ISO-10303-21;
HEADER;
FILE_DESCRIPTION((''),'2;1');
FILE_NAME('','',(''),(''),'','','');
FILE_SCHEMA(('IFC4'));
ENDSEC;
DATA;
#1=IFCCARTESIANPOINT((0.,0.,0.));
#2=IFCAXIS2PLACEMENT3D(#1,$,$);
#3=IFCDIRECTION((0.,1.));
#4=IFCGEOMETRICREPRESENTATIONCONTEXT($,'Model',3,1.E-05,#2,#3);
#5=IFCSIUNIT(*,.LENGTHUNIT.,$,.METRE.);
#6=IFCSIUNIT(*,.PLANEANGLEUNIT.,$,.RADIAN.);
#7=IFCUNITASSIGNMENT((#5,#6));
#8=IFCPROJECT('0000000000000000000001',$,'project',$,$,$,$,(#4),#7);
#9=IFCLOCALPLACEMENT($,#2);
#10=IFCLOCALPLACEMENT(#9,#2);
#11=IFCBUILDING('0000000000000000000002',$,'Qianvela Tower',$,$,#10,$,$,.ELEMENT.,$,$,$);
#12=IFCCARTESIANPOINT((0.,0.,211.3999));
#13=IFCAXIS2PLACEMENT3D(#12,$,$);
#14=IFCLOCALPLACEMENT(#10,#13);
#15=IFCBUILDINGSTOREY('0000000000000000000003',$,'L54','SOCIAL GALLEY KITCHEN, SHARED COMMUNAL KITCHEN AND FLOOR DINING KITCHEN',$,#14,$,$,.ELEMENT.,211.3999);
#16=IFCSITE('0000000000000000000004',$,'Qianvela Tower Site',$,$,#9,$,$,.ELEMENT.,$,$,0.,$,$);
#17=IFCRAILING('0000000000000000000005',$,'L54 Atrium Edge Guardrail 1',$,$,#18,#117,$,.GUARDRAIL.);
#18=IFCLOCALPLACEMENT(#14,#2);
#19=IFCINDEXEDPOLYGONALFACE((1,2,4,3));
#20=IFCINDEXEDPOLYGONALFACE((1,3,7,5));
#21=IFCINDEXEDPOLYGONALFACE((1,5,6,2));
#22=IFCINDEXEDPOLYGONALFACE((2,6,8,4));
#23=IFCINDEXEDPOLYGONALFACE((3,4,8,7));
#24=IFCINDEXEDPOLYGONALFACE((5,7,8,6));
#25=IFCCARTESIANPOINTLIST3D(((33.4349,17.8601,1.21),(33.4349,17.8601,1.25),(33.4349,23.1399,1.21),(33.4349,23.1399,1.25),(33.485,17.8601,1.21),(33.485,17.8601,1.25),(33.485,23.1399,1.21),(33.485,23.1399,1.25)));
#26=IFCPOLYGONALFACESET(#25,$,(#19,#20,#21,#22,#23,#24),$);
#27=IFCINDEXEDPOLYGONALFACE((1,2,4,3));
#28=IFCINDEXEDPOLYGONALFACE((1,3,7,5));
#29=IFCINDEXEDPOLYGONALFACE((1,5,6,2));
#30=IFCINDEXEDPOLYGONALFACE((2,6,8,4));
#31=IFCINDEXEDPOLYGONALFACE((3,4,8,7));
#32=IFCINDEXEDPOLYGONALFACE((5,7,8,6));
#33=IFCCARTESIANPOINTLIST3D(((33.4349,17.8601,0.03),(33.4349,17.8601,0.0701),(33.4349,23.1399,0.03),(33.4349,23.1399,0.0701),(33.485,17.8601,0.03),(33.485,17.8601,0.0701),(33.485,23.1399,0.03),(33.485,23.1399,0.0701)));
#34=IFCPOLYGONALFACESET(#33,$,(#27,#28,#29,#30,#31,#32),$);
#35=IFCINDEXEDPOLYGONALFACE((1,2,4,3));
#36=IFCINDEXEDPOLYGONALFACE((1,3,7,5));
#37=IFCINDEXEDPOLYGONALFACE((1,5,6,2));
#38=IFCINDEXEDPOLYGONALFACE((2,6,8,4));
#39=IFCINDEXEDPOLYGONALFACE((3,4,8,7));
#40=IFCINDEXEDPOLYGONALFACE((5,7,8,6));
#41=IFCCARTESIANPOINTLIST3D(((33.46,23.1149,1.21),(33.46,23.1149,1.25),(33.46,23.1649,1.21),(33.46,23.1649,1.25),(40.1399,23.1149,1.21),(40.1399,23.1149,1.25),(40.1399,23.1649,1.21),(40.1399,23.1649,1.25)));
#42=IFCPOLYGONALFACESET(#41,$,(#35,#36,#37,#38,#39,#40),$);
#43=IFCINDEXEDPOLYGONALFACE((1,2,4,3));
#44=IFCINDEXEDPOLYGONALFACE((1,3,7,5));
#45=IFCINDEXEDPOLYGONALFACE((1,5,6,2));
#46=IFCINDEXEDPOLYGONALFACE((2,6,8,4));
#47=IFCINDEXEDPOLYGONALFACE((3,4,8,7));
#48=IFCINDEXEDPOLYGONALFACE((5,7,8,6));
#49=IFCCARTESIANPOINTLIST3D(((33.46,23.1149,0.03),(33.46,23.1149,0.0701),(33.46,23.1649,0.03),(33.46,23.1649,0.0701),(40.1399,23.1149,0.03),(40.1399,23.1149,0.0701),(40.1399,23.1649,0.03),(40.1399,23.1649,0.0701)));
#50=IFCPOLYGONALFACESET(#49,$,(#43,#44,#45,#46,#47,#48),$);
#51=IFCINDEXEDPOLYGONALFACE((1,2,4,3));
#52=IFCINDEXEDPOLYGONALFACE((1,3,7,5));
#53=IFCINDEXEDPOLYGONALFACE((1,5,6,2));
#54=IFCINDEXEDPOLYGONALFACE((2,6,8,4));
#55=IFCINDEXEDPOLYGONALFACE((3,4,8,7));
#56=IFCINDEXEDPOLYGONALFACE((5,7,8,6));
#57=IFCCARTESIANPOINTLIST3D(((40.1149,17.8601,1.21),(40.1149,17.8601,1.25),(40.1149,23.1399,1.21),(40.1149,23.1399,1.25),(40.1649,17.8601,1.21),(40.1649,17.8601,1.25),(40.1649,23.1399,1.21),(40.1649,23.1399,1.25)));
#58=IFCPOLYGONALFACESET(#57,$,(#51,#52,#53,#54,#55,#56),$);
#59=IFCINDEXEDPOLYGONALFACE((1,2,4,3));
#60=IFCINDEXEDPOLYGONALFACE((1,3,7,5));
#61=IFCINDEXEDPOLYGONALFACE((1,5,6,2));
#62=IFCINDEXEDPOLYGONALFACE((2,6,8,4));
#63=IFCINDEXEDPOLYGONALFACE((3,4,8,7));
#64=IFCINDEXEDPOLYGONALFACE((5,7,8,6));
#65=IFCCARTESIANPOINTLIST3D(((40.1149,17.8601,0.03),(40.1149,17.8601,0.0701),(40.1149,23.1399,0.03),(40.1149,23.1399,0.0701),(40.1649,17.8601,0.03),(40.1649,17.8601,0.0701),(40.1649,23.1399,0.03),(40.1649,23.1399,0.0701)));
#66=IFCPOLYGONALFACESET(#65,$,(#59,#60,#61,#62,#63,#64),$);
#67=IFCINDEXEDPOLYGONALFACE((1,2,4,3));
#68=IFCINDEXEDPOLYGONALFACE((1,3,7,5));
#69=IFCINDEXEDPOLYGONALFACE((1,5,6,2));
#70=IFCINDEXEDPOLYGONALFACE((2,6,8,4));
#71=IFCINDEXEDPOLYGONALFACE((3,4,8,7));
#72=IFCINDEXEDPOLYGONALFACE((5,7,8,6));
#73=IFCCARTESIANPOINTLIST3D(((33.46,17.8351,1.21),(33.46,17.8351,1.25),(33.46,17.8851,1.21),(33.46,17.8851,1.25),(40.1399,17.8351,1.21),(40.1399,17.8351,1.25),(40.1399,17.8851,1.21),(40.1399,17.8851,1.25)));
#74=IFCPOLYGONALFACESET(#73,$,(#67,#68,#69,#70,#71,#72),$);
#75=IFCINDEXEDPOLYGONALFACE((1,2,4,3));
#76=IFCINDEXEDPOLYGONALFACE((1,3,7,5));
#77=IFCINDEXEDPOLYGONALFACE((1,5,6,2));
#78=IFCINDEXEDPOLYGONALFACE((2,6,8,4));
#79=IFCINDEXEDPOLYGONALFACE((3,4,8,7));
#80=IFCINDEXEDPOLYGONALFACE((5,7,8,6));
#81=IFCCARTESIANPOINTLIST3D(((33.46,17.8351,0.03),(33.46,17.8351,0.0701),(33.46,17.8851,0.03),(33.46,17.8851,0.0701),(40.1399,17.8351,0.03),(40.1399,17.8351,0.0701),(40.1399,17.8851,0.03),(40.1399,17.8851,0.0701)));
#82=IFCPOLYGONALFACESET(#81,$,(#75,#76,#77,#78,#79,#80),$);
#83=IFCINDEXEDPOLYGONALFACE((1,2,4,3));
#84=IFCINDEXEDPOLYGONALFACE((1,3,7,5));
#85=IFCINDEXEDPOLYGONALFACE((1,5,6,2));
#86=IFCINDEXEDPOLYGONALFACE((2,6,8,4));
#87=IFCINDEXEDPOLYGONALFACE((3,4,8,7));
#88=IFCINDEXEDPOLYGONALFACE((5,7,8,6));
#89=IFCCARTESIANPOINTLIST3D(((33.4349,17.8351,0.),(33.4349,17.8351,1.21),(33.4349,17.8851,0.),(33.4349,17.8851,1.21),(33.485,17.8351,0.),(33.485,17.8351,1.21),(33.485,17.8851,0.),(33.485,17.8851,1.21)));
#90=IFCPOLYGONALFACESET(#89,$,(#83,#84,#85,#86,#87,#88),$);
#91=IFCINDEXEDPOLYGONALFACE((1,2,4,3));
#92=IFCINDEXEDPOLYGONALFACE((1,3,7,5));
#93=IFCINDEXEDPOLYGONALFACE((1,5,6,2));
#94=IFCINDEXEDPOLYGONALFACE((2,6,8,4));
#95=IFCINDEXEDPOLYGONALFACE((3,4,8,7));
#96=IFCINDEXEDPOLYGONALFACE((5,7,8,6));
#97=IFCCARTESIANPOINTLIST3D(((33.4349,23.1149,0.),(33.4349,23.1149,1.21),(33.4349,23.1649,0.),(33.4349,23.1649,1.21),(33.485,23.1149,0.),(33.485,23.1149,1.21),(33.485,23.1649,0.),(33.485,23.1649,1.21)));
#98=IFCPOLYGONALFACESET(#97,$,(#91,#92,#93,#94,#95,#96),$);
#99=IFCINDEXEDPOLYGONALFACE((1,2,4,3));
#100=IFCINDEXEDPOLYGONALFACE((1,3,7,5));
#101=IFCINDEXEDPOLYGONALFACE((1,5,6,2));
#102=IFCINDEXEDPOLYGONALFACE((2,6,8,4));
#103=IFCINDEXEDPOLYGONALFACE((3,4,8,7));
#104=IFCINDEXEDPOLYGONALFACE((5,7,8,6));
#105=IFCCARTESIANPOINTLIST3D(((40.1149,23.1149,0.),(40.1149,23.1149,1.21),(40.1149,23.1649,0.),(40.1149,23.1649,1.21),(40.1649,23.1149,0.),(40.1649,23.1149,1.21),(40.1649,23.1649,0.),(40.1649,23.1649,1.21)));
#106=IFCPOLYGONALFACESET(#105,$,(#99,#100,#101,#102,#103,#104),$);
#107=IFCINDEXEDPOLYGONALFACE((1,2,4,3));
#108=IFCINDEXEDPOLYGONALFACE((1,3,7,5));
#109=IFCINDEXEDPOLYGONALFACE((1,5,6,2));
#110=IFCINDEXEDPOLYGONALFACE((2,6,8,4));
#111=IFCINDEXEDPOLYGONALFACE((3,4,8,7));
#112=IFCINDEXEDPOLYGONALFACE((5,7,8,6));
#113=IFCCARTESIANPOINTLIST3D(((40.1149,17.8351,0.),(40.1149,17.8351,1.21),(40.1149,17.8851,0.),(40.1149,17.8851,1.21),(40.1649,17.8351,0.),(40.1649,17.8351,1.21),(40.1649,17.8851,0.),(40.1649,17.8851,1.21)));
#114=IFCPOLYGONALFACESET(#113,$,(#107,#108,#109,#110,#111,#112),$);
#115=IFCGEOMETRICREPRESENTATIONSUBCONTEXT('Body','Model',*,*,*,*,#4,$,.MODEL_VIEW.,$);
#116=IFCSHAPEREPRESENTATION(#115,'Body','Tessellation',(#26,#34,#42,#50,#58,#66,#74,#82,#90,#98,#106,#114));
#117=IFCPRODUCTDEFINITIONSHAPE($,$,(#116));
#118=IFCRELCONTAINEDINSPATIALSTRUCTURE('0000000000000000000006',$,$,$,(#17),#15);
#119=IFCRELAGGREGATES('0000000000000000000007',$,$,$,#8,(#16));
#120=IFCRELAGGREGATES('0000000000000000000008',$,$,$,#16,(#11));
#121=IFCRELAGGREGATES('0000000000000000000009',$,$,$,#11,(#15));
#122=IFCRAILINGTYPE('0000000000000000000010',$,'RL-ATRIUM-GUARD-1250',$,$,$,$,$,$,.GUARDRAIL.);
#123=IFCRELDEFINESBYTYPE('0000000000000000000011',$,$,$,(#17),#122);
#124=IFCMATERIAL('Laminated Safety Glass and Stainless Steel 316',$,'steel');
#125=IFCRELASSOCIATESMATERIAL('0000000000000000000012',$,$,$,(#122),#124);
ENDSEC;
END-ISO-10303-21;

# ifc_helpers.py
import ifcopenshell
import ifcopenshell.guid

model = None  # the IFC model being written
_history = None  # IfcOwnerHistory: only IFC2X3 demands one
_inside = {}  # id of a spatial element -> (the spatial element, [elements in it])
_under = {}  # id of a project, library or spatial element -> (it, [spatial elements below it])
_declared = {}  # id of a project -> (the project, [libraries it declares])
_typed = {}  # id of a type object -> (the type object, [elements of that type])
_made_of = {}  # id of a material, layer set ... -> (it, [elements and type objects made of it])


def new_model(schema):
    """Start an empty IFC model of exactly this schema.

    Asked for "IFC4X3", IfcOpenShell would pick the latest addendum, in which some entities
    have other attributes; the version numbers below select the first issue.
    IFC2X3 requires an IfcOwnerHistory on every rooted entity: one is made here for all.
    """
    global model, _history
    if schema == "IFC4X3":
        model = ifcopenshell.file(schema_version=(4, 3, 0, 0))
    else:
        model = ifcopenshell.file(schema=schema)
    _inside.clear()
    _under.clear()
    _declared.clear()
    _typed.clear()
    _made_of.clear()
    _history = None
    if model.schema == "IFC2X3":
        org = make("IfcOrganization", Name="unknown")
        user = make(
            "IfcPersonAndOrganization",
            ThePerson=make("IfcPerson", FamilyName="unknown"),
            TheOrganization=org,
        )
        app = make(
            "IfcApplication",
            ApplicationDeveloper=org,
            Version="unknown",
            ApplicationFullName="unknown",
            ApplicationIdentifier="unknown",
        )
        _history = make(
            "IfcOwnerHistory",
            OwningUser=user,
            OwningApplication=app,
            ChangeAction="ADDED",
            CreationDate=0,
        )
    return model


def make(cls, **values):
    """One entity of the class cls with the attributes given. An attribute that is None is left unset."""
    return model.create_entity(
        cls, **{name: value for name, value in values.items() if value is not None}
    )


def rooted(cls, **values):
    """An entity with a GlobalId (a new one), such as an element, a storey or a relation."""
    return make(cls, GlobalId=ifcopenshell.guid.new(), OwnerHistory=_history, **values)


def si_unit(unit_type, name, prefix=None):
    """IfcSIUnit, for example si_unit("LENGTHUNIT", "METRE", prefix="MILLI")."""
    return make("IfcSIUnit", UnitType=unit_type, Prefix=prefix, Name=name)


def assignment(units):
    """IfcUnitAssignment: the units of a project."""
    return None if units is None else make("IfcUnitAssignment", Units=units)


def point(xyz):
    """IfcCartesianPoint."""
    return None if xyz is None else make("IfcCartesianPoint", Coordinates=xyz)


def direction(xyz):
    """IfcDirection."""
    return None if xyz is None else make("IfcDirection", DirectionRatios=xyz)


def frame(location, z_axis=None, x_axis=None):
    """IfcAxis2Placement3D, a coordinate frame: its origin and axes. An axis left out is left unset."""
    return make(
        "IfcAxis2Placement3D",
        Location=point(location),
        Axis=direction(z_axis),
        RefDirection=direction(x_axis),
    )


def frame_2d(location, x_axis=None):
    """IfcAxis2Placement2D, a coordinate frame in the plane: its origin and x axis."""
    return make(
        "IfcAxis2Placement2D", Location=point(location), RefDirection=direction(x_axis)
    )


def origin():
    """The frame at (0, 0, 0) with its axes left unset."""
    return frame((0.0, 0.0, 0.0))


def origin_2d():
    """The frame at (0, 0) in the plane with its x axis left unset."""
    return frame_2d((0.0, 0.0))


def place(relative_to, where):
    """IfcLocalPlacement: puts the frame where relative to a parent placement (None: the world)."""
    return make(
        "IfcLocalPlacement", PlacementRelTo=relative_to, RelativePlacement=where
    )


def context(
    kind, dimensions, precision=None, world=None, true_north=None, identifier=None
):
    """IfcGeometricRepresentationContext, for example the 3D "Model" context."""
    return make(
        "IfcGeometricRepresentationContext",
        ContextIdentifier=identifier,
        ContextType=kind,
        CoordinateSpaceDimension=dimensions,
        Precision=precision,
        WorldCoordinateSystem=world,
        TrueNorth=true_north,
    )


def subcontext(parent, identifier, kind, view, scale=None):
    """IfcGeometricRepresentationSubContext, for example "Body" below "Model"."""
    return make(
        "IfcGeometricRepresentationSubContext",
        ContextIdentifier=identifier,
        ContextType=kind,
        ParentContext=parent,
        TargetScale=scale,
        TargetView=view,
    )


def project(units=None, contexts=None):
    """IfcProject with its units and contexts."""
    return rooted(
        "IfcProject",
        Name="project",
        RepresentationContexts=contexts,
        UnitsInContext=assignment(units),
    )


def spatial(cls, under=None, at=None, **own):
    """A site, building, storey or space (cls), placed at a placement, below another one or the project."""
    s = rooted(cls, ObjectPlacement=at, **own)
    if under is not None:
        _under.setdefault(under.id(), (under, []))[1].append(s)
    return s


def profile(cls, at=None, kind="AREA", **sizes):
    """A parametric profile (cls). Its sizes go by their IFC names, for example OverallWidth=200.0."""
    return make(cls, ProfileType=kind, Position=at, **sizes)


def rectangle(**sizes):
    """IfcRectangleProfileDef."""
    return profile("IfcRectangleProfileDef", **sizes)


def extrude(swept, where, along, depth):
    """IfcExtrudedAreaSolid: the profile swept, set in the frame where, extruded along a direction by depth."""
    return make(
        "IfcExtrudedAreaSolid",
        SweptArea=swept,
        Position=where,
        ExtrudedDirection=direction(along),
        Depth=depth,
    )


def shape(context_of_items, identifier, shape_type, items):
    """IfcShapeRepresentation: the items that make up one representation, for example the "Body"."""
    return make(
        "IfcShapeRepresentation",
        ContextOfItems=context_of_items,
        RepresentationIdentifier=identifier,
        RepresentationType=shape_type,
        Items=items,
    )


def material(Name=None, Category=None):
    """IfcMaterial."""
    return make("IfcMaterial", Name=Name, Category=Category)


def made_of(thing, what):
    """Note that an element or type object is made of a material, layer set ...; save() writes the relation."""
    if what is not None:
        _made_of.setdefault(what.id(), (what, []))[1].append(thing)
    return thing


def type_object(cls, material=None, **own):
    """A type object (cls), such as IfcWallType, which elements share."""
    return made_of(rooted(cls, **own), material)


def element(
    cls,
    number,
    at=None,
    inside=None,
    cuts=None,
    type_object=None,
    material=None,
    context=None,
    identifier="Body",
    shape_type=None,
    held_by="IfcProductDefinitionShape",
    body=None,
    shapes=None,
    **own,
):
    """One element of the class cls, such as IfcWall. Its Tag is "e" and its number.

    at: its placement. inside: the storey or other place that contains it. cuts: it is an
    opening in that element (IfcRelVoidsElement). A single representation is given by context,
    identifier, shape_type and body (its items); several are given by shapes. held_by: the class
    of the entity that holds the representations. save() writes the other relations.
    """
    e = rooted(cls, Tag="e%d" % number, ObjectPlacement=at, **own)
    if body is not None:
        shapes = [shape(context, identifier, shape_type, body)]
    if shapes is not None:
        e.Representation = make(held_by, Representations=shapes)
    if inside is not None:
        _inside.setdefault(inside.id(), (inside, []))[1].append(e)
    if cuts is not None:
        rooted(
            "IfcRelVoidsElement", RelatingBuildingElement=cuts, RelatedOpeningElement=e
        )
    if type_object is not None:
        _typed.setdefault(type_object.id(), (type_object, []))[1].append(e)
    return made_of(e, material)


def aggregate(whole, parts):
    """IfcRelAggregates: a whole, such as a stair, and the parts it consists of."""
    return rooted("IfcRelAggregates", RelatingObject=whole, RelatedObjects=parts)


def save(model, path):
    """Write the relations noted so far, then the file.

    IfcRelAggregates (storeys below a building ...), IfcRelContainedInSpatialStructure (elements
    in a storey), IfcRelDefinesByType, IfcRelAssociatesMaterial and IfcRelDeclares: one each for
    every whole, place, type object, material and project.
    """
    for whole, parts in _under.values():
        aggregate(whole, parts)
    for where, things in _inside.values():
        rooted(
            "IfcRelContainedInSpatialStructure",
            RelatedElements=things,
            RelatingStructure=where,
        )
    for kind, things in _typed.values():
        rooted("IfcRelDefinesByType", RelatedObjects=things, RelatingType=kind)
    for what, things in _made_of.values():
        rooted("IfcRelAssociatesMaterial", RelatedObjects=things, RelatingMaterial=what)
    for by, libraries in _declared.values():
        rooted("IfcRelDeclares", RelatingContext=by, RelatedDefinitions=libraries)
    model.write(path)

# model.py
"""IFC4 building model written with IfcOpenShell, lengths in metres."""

from ifc_helpers import new_model, si_unit, direction, frame, origin, origin_2d, place, context, subcontext, project, spatial, rectangle, extrude, material, type_object, element, save


model = new_model("IFC4")

# Units and contexts
model_context = context("Model", 3, precision=1e-05, world=origin(), true_north=direction((0.0, 1.0)))
body_context = subcontext(model_context, "Body", "Model", "MODEL_VIEW")
ifc_project = project(units=[si_unit("LENGTHUNIT", "METRE"), si_unit("PLANEANGLEUNIT", "RADIAN")], contexts=[model_context])

# Site, building, storey
site_placement = place(None, origin())
site = spatial("IfcSite", under=ifc_project, at=site_placement, Name="Qianvela Tower Site", CompositionType="ELEMENT", RefElevation=0.0)
building_placement = place(site_placement, origin())
building = spatial("IfcBuilding", under=site, at=building_placement, Name="Qianvela Tower", CompositionType="ELEMENT")
storey_placement = place(building_placement, frame((0.0, 0.0, 211.3999)))
storey = spatial("IfcBuildingStorey", under=building, at=storey_placement, Name="L54", Description="SOCIAL GALLEY KITCHEN, SHARED COMMUNAL KITCHEN AND FLOOR DINING KITCHEN", CompositionType="ELEMENT", Elevation=211.3999)

# Railing
ifc_material_1 = material(Name="Laminated Safety Glass and Stainless Steel 316", Category="steel")
railing_type = type_object("IfcRailingType", Name="RL-ATRIUM-GUARD-1250", PredefinedType="GUARDRAIL", material=ifc_material_1)
railing_placement = place(storey_placement, frame((33.46, 17.8601, 0.0)))
element("IfcRailing", 1, at=railing_placement, inside=storey, type_object=railing_type, Name="L54 Atrium Edge Guardrail 1", PredefinedType="GUARDRAIL", context=body_context, shape_type="SweptSolid", body=[
    extrude(rectangle(XDim=0.05, YDim=0.04, at=origin_2d()), frame((0.0, 0.0, 1.23), z_axis=(0.0, 1.0, 0.0), x_axis=(-1.0, 0.0, 0.0)), (0.0, 0.0, 1.0), 5.2798),
    extrude(rectangle(XDim=0.05, YDim=0.04, at=origin_2d()), frame((0.0, 0.0, 0.05), z_axis=(0.0, 1.0, 0.0), x_axis=(-1.0, 0.0, 0.0)), (0.0, 0.0, 1.0), 5.2798),
    extrude(rectangle(XDim=0.05, YDim=0.04, at=origin_2d()), frame((0.0, 5.2798, 1.23), z_axis=(1.0, 0.0, 0.0), x_axis=(0.0, 1.0, 0.0)), (0.0, 0.0, 1.0), 6.6799),
    extrude(rectangle(XDim=0.05, YDim=0.04, at=origin_2d()), frame((0.0, 5.2798, 0.05), z_axis=(1.0, 0.0, 0.0), x_axis=(0.0, 1.0, 0.0)), (0.0, 0.0, 1.0), 6.6799),
    extrude(rectangle(XDim=0.05, YDim=0.04, at=origin_2d()), frame((6.6799, 5.2798, 1.23), z_axis=(0.0, -1.0, 0.0), x_axis=(1.0, 0.0, 0.0)), (0.0, 0.0, 1.0), 5.2798),
    extrude(rectangle(XDim=0.05, YDim=0.04, at=origin_2d()), frame((6.6799, 5.2798, 0.05), z_axis=(0.0, -1.0, 0.0), x_axis=(1.0, 0.0, 0.0)), (0.0, 0.0, 1.0), 5.2798),
    extrude(rectangle(XDim=0.05, YDim=0.04, at=origin_2d()), frame((6.6799, 0.0, 1.23), z_axis=(-1.0, 0.0, 0.0), x_axis=(0.0, -1.0, 0.0)), (0.0, 0.0, 1.0), 6.6799),
    extrude(rectangle(XDim=0.05, YDim=0.04, at=origin_2d()), frame((6.6799, 0.0, 0.05), z_axis=(-1.0, 0.0, 0.0), x_axis=(0.0, -1.0, 0.0)), (0.0, 0.0, 1.0), 6.6799),
    extrude(rectangle(XDim=0.05, YDim=0.05, at=origin_2d()), origin(), (0.0, 0.0, 1.0), 1.21),
    extrude(rectangle(XDim=0.05, YDim=0.05, at=origin_2d()), frame((0.0, 5.2798, 0.0)), (0.0, 0.0, 1.0), 1.21),
    extrude(rectangle(XDim=0.05, YDim=0.05, at=origin_2d()), frame((6.6799, 5.2798, 0.0)), (0.0, 0.0, 1.0), 1.21),
    extrude(rectangle(XDim=0.05, YDim=0.05, at=origin_2d()), frame((6.6799, 0.0, 0.0)), (0.0, 0.0, 1.0), 1.21),
])

save(model, "model.ifc")
